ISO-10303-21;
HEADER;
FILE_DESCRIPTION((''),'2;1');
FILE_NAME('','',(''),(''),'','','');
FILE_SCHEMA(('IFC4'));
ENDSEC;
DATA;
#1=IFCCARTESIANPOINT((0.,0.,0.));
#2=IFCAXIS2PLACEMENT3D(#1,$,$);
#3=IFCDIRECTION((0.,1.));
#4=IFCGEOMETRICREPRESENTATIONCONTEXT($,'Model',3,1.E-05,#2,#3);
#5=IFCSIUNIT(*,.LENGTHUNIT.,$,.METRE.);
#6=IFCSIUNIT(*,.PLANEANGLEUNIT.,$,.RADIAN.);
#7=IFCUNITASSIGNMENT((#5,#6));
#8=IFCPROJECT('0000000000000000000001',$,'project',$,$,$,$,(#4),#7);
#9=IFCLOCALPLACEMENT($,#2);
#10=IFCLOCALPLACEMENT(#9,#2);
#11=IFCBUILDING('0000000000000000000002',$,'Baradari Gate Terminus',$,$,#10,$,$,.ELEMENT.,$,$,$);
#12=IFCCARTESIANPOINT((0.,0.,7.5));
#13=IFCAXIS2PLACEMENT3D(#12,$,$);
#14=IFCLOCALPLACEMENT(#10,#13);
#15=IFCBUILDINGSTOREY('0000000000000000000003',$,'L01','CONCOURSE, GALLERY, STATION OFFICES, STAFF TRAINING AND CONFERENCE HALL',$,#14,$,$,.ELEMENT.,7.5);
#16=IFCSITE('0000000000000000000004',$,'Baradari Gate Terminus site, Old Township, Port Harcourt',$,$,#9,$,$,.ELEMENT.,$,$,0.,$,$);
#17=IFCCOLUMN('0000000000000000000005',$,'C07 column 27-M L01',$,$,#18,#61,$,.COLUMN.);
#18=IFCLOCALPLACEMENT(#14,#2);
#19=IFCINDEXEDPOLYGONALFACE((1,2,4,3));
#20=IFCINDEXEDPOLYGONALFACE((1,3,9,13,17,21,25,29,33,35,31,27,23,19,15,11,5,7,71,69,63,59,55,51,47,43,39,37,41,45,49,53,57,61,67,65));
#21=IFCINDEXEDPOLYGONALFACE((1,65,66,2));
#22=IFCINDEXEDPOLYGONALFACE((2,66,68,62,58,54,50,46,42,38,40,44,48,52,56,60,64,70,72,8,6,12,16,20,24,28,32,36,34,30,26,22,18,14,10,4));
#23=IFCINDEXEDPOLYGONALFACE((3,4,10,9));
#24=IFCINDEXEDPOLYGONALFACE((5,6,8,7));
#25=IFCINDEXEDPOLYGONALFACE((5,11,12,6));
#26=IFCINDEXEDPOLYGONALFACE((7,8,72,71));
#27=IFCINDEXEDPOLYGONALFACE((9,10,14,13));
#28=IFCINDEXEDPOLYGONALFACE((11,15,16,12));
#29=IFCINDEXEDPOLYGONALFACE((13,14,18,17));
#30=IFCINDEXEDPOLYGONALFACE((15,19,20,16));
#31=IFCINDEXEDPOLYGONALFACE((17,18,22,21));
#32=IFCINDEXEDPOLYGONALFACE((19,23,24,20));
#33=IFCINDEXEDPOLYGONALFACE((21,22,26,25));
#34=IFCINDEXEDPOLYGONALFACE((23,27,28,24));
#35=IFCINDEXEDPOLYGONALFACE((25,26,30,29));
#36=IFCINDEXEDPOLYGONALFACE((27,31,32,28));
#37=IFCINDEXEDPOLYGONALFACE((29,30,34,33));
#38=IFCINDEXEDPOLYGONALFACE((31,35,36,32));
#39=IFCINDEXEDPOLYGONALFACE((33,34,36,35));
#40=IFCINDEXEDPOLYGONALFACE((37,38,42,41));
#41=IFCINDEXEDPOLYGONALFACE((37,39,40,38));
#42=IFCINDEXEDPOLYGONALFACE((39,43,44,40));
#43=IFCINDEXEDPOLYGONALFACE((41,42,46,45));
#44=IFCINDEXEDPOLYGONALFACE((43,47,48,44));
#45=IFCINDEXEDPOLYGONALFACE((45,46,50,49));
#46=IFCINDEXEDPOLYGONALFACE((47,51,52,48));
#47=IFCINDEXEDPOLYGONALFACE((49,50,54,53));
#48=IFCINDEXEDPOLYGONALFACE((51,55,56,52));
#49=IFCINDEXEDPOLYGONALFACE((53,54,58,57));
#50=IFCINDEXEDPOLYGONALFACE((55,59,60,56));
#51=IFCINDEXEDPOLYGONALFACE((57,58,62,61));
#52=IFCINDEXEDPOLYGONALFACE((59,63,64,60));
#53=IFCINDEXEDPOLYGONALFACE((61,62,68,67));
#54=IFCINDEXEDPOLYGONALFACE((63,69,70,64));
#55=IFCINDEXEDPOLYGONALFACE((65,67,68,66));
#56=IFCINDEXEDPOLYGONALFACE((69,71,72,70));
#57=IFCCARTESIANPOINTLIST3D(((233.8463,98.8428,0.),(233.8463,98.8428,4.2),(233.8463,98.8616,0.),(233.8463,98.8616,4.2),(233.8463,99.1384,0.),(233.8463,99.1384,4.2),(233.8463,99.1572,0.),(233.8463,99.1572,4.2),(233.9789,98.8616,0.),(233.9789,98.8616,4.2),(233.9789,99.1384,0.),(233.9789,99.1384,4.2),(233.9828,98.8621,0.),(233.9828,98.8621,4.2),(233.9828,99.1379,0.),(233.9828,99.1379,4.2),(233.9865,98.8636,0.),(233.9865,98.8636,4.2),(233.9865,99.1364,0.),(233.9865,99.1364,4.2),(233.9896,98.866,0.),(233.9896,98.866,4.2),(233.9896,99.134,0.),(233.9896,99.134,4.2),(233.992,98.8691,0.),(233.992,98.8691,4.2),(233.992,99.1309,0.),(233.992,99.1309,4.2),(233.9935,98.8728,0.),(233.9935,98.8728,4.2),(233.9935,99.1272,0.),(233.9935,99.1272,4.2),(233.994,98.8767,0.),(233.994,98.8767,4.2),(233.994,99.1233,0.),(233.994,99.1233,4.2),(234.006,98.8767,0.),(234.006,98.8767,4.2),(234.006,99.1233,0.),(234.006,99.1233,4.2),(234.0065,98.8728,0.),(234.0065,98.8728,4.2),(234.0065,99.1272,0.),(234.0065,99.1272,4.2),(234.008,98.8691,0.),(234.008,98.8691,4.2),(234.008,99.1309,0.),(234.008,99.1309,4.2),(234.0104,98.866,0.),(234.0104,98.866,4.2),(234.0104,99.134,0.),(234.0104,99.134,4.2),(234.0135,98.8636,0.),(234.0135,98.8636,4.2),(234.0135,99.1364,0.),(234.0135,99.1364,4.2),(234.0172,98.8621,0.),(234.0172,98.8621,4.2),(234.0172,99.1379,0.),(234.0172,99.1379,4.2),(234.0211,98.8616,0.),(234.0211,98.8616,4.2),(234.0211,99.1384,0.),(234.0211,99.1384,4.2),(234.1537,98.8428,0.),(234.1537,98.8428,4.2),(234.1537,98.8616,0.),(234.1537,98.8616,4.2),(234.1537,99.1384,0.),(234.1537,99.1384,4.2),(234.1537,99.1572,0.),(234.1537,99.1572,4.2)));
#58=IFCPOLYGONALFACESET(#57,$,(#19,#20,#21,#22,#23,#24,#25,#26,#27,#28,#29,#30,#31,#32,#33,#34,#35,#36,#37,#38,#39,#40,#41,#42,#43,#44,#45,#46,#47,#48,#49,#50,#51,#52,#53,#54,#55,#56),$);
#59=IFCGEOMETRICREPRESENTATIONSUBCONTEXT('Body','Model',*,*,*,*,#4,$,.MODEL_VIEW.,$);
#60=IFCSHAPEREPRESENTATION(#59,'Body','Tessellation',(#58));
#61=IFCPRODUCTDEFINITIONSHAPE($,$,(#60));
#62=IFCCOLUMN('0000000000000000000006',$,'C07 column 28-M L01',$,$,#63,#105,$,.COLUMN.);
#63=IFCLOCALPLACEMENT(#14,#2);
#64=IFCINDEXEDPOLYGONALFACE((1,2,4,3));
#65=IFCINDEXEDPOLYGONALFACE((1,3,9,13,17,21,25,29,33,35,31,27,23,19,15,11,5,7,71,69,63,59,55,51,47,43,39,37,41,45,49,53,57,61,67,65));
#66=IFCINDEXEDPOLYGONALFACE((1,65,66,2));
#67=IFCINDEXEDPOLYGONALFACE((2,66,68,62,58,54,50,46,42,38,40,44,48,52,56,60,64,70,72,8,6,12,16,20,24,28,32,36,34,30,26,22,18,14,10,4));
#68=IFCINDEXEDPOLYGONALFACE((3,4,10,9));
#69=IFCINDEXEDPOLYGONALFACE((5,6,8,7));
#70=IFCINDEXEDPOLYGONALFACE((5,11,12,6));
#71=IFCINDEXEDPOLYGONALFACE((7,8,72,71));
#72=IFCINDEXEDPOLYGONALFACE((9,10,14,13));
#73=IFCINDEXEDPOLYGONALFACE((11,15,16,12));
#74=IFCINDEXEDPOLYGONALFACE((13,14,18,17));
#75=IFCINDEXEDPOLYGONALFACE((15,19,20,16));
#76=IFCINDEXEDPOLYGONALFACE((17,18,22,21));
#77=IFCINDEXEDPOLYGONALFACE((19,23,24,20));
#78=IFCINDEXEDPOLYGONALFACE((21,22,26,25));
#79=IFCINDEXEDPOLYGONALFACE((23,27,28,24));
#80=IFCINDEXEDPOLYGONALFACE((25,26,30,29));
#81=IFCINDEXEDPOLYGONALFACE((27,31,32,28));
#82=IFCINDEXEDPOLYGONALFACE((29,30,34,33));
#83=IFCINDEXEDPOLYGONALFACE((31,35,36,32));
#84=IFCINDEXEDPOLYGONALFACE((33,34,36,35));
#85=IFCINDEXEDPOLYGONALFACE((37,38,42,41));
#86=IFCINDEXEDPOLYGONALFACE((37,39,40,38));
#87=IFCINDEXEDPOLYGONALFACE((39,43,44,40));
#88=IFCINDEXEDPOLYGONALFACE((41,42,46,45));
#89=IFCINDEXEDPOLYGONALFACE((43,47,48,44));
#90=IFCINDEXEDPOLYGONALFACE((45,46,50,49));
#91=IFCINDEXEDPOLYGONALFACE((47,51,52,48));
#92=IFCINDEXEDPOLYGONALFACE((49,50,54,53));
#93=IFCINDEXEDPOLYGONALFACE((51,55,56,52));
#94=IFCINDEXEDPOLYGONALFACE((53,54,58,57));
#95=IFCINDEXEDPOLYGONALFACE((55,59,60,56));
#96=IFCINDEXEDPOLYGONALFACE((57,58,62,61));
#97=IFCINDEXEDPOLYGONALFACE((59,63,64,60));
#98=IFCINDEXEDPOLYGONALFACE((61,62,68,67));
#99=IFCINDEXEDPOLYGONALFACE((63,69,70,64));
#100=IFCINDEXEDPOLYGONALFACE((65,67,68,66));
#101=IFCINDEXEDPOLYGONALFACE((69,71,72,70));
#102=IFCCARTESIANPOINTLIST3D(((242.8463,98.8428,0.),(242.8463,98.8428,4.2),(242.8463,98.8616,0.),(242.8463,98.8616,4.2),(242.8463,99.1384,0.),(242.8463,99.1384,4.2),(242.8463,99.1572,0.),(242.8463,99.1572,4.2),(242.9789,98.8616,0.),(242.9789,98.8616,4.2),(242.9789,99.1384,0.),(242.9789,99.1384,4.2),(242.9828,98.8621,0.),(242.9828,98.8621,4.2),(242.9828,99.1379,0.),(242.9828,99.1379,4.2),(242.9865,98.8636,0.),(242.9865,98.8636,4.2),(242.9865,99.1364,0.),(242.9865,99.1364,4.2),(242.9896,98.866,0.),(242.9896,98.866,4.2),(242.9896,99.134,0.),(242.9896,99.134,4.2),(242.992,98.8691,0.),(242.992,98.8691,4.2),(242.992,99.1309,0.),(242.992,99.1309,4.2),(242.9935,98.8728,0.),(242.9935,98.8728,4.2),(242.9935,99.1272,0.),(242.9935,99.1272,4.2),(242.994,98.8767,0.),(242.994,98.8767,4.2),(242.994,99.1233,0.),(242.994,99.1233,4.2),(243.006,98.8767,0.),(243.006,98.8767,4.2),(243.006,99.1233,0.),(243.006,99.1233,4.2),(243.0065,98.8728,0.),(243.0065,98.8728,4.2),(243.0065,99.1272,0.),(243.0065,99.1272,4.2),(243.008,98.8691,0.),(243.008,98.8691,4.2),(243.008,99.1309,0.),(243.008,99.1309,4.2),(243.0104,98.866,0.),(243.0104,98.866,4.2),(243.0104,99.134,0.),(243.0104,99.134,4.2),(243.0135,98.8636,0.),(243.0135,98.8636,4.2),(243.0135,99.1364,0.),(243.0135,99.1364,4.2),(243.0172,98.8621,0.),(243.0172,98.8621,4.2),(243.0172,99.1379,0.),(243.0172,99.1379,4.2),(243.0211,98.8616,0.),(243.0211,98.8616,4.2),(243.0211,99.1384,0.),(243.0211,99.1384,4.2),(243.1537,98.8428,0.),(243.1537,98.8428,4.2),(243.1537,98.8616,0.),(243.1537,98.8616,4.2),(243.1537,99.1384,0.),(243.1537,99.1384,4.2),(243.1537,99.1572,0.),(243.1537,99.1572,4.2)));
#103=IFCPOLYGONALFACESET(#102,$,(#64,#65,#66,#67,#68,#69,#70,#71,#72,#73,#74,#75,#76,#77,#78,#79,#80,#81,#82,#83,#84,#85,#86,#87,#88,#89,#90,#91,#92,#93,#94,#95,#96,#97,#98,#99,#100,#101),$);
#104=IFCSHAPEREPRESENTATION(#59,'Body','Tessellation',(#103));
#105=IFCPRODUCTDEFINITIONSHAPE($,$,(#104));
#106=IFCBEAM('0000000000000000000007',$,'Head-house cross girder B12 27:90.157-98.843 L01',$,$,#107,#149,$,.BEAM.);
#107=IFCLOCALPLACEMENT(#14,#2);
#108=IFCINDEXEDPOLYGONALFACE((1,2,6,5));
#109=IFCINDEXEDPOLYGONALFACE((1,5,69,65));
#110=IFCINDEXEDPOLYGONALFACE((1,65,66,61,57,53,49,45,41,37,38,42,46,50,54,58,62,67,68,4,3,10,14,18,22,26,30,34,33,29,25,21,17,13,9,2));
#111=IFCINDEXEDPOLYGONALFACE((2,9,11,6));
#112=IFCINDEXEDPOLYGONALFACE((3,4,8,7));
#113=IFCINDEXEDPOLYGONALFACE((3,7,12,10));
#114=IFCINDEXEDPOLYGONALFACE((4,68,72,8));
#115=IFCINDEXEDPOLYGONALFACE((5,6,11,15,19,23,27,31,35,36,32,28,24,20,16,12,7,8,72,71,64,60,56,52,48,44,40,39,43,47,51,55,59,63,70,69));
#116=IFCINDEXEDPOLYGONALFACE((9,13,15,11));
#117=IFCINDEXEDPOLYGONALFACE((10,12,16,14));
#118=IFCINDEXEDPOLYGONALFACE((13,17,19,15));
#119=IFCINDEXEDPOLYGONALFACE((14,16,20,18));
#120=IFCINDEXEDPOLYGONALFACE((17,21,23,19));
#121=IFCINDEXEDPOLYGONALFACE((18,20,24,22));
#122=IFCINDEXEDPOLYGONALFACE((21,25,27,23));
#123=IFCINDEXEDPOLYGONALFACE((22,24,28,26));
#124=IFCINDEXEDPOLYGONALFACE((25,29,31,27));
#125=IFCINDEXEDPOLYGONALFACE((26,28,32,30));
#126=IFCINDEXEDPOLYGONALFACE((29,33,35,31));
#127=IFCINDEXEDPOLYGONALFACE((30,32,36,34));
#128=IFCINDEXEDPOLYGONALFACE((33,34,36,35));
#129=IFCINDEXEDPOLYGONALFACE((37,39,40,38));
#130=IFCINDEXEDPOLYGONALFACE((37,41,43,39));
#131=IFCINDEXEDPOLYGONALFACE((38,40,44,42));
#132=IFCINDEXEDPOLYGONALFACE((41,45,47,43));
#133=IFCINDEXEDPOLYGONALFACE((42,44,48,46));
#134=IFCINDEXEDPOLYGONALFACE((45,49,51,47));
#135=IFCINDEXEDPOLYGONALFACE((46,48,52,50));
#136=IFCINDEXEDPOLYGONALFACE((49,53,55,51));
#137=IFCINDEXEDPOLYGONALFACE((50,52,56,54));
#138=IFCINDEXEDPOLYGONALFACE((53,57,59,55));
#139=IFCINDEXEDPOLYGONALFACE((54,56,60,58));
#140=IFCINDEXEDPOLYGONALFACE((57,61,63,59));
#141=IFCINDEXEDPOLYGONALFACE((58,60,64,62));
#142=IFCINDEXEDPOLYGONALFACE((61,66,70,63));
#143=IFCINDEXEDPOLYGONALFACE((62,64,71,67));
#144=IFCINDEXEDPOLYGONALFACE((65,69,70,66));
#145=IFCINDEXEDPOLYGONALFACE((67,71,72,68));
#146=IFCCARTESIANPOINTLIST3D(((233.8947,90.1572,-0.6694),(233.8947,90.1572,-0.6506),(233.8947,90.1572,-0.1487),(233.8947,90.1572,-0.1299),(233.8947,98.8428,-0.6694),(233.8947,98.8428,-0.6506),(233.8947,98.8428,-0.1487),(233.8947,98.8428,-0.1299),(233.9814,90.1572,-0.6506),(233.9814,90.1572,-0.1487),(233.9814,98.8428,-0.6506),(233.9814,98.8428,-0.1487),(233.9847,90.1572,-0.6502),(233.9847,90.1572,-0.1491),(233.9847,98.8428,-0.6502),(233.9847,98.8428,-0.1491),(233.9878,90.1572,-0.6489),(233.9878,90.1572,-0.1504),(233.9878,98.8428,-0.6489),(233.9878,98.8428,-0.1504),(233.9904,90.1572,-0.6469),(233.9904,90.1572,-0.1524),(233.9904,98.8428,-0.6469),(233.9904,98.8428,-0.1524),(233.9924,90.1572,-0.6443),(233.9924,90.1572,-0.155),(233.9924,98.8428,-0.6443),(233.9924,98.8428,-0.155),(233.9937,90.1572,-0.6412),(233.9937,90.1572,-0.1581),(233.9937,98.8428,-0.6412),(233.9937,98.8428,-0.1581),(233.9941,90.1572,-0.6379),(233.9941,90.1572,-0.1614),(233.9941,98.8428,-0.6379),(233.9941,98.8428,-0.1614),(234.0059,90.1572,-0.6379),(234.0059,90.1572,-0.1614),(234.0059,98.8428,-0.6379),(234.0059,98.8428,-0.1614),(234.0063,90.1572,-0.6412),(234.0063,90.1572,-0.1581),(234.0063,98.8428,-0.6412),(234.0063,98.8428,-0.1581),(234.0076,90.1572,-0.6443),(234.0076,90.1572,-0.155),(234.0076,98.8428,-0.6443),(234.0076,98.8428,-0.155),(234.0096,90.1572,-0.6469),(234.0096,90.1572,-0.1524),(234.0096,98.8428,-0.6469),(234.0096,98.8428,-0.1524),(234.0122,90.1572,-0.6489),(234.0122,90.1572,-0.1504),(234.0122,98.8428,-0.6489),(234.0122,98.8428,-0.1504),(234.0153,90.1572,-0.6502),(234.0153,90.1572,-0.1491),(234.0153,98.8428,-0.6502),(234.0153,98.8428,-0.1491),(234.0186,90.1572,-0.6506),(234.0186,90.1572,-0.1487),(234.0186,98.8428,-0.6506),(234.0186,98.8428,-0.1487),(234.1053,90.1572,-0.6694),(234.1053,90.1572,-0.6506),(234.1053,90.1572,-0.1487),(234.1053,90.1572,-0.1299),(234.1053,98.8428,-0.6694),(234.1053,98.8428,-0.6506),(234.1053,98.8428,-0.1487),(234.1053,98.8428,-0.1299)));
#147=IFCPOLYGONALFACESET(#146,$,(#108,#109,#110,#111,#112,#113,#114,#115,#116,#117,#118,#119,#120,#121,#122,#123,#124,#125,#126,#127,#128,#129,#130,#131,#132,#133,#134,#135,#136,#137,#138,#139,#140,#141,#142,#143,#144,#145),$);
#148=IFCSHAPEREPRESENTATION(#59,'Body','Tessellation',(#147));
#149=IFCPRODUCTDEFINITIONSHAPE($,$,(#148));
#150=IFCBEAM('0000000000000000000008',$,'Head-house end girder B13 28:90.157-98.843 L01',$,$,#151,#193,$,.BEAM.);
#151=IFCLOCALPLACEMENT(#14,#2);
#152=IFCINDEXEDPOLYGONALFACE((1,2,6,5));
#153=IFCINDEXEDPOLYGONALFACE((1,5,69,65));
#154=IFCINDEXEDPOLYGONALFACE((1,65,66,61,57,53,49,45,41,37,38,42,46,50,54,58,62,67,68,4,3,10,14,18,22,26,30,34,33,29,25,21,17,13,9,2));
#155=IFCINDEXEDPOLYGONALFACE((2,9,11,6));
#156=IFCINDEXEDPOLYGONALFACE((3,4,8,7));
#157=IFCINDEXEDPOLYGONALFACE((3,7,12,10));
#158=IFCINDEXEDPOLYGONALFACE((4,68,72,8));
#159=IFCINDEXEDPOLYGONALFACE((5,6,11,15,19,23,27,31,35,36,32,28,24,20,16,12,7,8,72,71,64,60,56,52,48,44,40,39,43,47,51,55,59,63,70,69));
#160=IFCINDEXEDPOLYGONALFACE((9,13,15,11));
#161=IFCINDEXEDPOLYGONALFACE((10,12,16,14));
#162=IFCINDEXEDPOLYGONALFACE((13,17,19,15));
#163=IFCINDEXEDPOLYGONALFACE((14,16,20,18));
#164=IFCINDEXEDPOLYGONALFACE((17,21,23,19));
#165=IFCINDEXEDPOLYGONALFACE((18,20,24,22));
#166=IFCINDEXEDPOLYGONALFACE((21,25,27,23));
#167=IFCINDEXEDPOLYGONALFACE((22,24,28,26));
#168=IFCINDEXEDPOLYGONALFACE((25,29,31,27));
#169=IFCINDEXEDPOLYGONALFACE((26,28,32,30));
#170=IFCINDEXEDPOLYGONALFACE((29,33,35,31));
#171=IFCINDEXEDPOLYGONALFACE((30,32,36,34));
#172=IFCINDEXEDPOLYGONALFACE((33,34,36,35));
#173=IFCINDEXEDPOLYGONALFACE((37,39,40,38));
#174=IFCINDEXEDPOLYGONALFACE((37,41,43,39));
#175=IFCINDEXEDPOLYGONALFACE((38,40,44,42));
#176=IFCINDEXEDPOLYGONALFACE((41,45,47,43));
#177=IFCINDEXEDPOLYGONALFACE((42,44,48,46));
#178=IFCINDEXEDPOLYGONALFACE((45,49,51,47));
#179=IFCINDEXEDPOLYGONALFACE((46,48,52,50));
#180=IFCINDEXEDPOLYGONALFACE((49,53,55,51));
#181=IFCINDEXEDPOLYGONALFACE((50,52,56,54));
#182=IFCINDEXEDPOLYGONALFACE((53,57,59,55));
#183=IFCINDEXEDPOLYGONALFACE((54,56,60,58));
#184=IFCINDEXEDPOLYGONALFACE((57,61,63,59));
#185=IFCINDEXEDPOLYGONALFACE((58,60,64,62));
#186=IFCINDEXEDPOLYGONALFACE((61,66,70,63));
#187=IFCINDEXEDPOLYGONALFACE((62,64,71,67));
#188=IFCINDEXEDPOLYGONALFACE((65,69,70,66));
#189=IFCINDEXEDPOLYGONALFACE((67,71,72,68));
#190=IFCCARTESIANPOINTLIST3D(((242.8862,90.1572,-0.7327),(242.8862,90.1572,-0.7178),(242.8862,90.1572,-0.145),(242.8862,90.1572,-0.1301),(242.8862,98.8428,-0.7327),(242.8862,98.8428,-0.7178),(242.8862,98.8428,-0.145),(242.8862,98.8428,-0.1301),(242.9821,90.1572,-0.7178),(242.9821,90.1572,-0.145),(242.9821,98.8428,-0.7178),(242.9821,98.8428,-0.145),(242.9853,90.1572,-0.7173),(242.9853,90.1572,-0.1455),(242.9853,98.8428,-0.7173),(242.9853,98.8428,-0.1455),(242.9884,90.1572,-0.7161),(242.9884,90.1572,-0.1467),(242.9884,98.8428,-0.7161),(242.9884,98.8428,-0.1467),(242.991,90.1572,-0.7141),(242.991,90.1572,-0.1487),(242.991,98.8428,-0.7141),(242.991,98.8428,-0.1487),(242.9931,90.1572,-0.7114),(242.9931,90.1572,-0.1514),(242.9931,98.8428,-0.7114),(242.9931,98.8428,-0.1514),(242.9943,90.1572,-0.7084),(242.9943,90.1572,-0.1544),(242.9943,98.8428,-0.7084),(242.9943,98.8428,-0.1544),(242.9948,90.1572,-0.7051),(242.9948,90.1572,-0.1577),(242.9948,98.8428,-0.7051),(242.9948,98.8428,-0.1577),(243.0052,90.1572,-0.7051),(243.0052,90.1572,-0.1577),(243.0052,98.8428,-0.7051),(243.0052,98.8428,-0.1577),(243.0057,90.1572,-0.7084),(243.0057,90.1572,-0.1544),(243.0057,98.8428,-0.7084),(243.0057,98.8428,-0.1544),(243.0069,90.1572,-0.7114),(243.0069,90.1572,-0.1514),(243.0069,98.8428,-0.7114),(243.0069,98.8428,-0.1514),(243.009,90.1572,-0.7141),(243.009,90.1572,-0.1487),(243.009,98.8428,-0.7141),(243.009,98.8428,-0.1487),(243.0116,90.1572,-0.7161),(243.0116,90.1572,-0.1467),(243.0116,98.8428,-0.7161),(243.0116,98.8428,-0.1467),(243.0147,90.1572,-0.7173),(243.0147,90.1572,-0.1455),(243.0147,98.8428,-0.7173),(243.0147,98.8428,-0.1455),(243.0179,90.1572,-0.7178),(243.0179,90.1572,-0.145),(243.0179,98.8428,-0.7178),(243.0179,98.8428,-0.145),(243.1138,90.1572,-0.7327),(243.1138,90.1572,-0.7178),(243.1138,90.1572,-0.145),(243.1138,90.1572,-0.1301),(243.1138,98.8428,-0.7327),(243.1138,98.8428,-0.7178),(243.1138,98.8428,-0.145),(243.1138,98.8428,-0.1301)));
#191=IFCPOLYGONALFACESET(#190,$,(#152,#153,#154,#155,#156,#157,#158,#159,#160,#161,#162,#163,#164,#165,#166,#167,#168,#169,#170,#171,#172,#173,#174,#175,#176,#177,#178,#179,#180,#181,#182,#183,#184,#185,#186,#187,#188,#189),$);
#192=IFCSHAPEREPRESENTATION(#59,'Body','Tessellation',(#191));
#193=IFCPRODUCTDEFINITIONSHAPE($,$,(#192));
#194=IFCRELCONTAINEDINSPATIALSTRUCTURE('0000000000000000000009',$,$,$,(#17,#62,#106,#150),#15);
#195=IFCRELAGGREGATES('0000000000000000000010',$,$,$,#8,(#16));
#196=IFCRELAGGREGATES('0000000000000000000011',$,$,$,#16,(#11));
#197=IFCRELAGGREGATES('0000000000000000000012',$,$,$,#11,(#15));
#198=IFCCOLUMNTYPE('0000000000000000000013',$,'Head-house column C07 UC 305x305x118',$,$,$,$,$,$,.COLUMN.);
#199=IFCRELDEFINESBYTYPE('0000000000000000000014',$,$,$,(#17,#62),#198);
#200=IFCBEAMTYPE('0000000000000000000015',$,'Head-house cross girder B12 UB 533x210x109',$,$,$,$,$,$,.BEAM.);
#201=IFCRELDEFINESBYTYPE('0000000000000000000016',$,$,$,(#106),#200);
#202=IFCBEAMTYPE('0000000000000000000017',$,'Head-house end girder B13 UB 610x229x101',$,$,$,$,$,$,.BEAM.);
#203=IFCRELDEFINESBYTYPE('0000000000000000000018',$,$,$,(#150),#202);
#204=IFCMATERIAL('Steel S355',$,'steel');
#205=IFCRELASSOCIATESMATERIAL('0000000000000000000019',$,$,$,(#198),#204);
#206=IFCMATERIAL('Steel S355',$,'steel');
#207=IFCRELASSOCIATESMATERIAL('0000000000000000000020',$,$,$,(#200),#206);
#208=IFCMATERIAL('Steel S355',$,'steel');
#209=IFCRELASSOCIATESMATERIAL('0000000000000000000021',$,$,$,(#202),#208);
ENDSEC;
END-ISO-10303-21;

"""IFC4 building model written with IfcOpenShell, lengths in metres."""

from ifc_helpers import new_model, si_unit, direction, frame, origin, origin_2d, place, context, subcontext, project, spatial, i_section, extrude, material, material_profile, profile_set, type_object, element, save


model = new_model("IFC4")

# Units and contexts
model_context = context("Model", 3, precision=1e-05, world=origin(), true_north=direction((0.0, 1.0)))
body_context = subcontext(model_context, "Body", "Model", "MODEL_VIEW")
ifc_project = project(units=[si_unit("LENGTHUNIT", "METRE"), si_unit("PLANEANGLEUNIT", "RADIAN")], contexts=[model_context])

# Site, building, storey
site_placement = place(None, origin())
site = spatial("IfcSite", under=ifc_project, at=site_placement, Name="Baradari Gate Terminus site, Old Township, Port Harcourt", CompositionType="ELEMENT", RefElevation=0.0)
building_placement = place(site_placement, origin())
building = spatial("IfcBuilding", under=site, at=building_placement, Name="Baradari Gate Terminus", CompositionType="ELEMENT")
storey_placement = place(building_placement, frame((0.0, 0.0, 7.5)))
storey = spatial("IfcBuildingStorey", under=building, at=storey_placement, Name="L01", Description="CONCOURSE, GALLERY, STATION OFFICES, STAFF TRAINING AND CONFERENCE HALL", CompositionType="ELEMENT", Elevation=7.5)

# Columns
ifc_material_1 = material(Name="Steel S355", Category="steel")
ifc_material_profile_1 = material_profile(ifc_material_1, i_section(OverallWidth=0.3074, OverallDepth=0.3145, WebThickness=0.012, FlangeThickness=0.0188, FilletRadius=0.0151, at=origin_2d()), Name="UC 305x305x118")
ifc_profile_set_1 = profile_set([ifc_material_profile_1], Name="Steel S355")
column_type = type_object("IfcColumnType", Name="Head-house column C07 UC 305x305x118", PredefinedType="COLUMN", material=ifc_profile_set_1)
for number, where, z_axis, x_axis, name in (
    (1, (234.0, 99.0, 0.0), (0.0, 0.0, 1.0), (1.0, 0.0, 0.0), "C07 column 27-M L01"),
    (2, (243.0, 99.0, 0.0), (0.0, 0.0, 1.0), (1.0, 0.0, 0.0), "C07 column 28-M L01"),
):
    element("IfcColumn", number, at=place(storey_placement, frame(where, z_axis=z_axis, x_axis=x_axis)), inside=storey, type_object=column_type, Name=name, PredefinedType="COLUMN", context=body_context, shape_type="SweptSolid", body=[
        extrude(i_section(OverallWidth=0.3074, OverallDepth=0.3145, WebThickness=0.012, FlangeThickness=0.0188, FilletRadius=0.0151, at=origin_2d()), origin(), (0.0, 0.0, 1.0), 4.2),
    ])

# Beams
ifc_material_2 = material(Name="Steel S355", Category="steel")
ifc_material_profile_2 = material_profile(ifc_material_2, i_section(OverallWidth=0.2107, OverallDepth=0.5396, WebThickness=0.0117, FlangeThickness=0.0188, FilletRadius=0.0127, at=origin_2d()), Name="UB 533x210x109")
ifc_profile_set_2 = profile_set([ifc_material_profile_2], Name="Steel S355")
beam_type_1 = type_object("IfcBeamType", Name="Head-house cross girder B12 UB 533x210x109", PredefinedType="BEAM", material=ifc_profile_set_2)
beam_1_placement = place(storey_placement, frame((234.0, 90.1572, -0.3997), z_axis=(0.0, 1.0, 0.0), x_axis=(-1.0, 0.0, 0.0)))
element("IfcBeam", 3, at=beam_1_placement, inside=storey, type_object=beam_type_1, Name="Head-house cross girder B12 27:90.157-98.843 L01", PredefinedType="BEAM", context=body_context, shape_type="SweptSolid", body=[
    extrude(i_section(OverallWidth=0.2107, OverallDepth=0.5396, WebThickness=0.0117, FlangeThickness=0.0188, FilletRadius=0.0127, at=origin_2d()), origin(), (0.0, 0.0, 1.0), 8.6855),
])
ifc_material_3 = material(Name="Steel S355", Category="steel")
ifc_material_profile_3 = material_profile(ifc_material_3, i_section(OverallWidth=0.2275, OverallDepth=0.6025, WebThickness=0.0105, FlangeThickness=0.0149, FilletRadius=0.0127, at=origin_2d()), Name="UB 610x229x101")
ifc_profile_set_3 = profile_set([ifc_material_profile_3], Name="Steel S355")
beam_type_2 = type_object("IfcBeamType", Name="Head-house end girder B13 UB 610x229x101", PredefinedType="BEAM", material=ifc_profile_set_3)
beam_2_placement = place(storey_placement, frame((243.0, 90.1572, -0.4314), z_axis=(0.0, 1.0, 0.0), x_axis=(-1.0, 0.0, 0.0)))
element("IfcBeam", 4, at=beam_2_placement, inside=storey, type_object=beam_type_2, Name="Head-house end girder B13 28:90.157-98.843 L01", PredefinedType="BEAM", context=body_context, shape_type="SweptSolid", body=[
    extrude(i_section(OverallWidth=0.2275, OverallDepth=0.6025, WebThickness=0.0105, FlangeThickness=0.0149, FilletRadius=0.0127, at=origin_2d()), origin(), (0.0, 0.0, 1.0), 8.6855),
])

save(model, "model.ifc")
